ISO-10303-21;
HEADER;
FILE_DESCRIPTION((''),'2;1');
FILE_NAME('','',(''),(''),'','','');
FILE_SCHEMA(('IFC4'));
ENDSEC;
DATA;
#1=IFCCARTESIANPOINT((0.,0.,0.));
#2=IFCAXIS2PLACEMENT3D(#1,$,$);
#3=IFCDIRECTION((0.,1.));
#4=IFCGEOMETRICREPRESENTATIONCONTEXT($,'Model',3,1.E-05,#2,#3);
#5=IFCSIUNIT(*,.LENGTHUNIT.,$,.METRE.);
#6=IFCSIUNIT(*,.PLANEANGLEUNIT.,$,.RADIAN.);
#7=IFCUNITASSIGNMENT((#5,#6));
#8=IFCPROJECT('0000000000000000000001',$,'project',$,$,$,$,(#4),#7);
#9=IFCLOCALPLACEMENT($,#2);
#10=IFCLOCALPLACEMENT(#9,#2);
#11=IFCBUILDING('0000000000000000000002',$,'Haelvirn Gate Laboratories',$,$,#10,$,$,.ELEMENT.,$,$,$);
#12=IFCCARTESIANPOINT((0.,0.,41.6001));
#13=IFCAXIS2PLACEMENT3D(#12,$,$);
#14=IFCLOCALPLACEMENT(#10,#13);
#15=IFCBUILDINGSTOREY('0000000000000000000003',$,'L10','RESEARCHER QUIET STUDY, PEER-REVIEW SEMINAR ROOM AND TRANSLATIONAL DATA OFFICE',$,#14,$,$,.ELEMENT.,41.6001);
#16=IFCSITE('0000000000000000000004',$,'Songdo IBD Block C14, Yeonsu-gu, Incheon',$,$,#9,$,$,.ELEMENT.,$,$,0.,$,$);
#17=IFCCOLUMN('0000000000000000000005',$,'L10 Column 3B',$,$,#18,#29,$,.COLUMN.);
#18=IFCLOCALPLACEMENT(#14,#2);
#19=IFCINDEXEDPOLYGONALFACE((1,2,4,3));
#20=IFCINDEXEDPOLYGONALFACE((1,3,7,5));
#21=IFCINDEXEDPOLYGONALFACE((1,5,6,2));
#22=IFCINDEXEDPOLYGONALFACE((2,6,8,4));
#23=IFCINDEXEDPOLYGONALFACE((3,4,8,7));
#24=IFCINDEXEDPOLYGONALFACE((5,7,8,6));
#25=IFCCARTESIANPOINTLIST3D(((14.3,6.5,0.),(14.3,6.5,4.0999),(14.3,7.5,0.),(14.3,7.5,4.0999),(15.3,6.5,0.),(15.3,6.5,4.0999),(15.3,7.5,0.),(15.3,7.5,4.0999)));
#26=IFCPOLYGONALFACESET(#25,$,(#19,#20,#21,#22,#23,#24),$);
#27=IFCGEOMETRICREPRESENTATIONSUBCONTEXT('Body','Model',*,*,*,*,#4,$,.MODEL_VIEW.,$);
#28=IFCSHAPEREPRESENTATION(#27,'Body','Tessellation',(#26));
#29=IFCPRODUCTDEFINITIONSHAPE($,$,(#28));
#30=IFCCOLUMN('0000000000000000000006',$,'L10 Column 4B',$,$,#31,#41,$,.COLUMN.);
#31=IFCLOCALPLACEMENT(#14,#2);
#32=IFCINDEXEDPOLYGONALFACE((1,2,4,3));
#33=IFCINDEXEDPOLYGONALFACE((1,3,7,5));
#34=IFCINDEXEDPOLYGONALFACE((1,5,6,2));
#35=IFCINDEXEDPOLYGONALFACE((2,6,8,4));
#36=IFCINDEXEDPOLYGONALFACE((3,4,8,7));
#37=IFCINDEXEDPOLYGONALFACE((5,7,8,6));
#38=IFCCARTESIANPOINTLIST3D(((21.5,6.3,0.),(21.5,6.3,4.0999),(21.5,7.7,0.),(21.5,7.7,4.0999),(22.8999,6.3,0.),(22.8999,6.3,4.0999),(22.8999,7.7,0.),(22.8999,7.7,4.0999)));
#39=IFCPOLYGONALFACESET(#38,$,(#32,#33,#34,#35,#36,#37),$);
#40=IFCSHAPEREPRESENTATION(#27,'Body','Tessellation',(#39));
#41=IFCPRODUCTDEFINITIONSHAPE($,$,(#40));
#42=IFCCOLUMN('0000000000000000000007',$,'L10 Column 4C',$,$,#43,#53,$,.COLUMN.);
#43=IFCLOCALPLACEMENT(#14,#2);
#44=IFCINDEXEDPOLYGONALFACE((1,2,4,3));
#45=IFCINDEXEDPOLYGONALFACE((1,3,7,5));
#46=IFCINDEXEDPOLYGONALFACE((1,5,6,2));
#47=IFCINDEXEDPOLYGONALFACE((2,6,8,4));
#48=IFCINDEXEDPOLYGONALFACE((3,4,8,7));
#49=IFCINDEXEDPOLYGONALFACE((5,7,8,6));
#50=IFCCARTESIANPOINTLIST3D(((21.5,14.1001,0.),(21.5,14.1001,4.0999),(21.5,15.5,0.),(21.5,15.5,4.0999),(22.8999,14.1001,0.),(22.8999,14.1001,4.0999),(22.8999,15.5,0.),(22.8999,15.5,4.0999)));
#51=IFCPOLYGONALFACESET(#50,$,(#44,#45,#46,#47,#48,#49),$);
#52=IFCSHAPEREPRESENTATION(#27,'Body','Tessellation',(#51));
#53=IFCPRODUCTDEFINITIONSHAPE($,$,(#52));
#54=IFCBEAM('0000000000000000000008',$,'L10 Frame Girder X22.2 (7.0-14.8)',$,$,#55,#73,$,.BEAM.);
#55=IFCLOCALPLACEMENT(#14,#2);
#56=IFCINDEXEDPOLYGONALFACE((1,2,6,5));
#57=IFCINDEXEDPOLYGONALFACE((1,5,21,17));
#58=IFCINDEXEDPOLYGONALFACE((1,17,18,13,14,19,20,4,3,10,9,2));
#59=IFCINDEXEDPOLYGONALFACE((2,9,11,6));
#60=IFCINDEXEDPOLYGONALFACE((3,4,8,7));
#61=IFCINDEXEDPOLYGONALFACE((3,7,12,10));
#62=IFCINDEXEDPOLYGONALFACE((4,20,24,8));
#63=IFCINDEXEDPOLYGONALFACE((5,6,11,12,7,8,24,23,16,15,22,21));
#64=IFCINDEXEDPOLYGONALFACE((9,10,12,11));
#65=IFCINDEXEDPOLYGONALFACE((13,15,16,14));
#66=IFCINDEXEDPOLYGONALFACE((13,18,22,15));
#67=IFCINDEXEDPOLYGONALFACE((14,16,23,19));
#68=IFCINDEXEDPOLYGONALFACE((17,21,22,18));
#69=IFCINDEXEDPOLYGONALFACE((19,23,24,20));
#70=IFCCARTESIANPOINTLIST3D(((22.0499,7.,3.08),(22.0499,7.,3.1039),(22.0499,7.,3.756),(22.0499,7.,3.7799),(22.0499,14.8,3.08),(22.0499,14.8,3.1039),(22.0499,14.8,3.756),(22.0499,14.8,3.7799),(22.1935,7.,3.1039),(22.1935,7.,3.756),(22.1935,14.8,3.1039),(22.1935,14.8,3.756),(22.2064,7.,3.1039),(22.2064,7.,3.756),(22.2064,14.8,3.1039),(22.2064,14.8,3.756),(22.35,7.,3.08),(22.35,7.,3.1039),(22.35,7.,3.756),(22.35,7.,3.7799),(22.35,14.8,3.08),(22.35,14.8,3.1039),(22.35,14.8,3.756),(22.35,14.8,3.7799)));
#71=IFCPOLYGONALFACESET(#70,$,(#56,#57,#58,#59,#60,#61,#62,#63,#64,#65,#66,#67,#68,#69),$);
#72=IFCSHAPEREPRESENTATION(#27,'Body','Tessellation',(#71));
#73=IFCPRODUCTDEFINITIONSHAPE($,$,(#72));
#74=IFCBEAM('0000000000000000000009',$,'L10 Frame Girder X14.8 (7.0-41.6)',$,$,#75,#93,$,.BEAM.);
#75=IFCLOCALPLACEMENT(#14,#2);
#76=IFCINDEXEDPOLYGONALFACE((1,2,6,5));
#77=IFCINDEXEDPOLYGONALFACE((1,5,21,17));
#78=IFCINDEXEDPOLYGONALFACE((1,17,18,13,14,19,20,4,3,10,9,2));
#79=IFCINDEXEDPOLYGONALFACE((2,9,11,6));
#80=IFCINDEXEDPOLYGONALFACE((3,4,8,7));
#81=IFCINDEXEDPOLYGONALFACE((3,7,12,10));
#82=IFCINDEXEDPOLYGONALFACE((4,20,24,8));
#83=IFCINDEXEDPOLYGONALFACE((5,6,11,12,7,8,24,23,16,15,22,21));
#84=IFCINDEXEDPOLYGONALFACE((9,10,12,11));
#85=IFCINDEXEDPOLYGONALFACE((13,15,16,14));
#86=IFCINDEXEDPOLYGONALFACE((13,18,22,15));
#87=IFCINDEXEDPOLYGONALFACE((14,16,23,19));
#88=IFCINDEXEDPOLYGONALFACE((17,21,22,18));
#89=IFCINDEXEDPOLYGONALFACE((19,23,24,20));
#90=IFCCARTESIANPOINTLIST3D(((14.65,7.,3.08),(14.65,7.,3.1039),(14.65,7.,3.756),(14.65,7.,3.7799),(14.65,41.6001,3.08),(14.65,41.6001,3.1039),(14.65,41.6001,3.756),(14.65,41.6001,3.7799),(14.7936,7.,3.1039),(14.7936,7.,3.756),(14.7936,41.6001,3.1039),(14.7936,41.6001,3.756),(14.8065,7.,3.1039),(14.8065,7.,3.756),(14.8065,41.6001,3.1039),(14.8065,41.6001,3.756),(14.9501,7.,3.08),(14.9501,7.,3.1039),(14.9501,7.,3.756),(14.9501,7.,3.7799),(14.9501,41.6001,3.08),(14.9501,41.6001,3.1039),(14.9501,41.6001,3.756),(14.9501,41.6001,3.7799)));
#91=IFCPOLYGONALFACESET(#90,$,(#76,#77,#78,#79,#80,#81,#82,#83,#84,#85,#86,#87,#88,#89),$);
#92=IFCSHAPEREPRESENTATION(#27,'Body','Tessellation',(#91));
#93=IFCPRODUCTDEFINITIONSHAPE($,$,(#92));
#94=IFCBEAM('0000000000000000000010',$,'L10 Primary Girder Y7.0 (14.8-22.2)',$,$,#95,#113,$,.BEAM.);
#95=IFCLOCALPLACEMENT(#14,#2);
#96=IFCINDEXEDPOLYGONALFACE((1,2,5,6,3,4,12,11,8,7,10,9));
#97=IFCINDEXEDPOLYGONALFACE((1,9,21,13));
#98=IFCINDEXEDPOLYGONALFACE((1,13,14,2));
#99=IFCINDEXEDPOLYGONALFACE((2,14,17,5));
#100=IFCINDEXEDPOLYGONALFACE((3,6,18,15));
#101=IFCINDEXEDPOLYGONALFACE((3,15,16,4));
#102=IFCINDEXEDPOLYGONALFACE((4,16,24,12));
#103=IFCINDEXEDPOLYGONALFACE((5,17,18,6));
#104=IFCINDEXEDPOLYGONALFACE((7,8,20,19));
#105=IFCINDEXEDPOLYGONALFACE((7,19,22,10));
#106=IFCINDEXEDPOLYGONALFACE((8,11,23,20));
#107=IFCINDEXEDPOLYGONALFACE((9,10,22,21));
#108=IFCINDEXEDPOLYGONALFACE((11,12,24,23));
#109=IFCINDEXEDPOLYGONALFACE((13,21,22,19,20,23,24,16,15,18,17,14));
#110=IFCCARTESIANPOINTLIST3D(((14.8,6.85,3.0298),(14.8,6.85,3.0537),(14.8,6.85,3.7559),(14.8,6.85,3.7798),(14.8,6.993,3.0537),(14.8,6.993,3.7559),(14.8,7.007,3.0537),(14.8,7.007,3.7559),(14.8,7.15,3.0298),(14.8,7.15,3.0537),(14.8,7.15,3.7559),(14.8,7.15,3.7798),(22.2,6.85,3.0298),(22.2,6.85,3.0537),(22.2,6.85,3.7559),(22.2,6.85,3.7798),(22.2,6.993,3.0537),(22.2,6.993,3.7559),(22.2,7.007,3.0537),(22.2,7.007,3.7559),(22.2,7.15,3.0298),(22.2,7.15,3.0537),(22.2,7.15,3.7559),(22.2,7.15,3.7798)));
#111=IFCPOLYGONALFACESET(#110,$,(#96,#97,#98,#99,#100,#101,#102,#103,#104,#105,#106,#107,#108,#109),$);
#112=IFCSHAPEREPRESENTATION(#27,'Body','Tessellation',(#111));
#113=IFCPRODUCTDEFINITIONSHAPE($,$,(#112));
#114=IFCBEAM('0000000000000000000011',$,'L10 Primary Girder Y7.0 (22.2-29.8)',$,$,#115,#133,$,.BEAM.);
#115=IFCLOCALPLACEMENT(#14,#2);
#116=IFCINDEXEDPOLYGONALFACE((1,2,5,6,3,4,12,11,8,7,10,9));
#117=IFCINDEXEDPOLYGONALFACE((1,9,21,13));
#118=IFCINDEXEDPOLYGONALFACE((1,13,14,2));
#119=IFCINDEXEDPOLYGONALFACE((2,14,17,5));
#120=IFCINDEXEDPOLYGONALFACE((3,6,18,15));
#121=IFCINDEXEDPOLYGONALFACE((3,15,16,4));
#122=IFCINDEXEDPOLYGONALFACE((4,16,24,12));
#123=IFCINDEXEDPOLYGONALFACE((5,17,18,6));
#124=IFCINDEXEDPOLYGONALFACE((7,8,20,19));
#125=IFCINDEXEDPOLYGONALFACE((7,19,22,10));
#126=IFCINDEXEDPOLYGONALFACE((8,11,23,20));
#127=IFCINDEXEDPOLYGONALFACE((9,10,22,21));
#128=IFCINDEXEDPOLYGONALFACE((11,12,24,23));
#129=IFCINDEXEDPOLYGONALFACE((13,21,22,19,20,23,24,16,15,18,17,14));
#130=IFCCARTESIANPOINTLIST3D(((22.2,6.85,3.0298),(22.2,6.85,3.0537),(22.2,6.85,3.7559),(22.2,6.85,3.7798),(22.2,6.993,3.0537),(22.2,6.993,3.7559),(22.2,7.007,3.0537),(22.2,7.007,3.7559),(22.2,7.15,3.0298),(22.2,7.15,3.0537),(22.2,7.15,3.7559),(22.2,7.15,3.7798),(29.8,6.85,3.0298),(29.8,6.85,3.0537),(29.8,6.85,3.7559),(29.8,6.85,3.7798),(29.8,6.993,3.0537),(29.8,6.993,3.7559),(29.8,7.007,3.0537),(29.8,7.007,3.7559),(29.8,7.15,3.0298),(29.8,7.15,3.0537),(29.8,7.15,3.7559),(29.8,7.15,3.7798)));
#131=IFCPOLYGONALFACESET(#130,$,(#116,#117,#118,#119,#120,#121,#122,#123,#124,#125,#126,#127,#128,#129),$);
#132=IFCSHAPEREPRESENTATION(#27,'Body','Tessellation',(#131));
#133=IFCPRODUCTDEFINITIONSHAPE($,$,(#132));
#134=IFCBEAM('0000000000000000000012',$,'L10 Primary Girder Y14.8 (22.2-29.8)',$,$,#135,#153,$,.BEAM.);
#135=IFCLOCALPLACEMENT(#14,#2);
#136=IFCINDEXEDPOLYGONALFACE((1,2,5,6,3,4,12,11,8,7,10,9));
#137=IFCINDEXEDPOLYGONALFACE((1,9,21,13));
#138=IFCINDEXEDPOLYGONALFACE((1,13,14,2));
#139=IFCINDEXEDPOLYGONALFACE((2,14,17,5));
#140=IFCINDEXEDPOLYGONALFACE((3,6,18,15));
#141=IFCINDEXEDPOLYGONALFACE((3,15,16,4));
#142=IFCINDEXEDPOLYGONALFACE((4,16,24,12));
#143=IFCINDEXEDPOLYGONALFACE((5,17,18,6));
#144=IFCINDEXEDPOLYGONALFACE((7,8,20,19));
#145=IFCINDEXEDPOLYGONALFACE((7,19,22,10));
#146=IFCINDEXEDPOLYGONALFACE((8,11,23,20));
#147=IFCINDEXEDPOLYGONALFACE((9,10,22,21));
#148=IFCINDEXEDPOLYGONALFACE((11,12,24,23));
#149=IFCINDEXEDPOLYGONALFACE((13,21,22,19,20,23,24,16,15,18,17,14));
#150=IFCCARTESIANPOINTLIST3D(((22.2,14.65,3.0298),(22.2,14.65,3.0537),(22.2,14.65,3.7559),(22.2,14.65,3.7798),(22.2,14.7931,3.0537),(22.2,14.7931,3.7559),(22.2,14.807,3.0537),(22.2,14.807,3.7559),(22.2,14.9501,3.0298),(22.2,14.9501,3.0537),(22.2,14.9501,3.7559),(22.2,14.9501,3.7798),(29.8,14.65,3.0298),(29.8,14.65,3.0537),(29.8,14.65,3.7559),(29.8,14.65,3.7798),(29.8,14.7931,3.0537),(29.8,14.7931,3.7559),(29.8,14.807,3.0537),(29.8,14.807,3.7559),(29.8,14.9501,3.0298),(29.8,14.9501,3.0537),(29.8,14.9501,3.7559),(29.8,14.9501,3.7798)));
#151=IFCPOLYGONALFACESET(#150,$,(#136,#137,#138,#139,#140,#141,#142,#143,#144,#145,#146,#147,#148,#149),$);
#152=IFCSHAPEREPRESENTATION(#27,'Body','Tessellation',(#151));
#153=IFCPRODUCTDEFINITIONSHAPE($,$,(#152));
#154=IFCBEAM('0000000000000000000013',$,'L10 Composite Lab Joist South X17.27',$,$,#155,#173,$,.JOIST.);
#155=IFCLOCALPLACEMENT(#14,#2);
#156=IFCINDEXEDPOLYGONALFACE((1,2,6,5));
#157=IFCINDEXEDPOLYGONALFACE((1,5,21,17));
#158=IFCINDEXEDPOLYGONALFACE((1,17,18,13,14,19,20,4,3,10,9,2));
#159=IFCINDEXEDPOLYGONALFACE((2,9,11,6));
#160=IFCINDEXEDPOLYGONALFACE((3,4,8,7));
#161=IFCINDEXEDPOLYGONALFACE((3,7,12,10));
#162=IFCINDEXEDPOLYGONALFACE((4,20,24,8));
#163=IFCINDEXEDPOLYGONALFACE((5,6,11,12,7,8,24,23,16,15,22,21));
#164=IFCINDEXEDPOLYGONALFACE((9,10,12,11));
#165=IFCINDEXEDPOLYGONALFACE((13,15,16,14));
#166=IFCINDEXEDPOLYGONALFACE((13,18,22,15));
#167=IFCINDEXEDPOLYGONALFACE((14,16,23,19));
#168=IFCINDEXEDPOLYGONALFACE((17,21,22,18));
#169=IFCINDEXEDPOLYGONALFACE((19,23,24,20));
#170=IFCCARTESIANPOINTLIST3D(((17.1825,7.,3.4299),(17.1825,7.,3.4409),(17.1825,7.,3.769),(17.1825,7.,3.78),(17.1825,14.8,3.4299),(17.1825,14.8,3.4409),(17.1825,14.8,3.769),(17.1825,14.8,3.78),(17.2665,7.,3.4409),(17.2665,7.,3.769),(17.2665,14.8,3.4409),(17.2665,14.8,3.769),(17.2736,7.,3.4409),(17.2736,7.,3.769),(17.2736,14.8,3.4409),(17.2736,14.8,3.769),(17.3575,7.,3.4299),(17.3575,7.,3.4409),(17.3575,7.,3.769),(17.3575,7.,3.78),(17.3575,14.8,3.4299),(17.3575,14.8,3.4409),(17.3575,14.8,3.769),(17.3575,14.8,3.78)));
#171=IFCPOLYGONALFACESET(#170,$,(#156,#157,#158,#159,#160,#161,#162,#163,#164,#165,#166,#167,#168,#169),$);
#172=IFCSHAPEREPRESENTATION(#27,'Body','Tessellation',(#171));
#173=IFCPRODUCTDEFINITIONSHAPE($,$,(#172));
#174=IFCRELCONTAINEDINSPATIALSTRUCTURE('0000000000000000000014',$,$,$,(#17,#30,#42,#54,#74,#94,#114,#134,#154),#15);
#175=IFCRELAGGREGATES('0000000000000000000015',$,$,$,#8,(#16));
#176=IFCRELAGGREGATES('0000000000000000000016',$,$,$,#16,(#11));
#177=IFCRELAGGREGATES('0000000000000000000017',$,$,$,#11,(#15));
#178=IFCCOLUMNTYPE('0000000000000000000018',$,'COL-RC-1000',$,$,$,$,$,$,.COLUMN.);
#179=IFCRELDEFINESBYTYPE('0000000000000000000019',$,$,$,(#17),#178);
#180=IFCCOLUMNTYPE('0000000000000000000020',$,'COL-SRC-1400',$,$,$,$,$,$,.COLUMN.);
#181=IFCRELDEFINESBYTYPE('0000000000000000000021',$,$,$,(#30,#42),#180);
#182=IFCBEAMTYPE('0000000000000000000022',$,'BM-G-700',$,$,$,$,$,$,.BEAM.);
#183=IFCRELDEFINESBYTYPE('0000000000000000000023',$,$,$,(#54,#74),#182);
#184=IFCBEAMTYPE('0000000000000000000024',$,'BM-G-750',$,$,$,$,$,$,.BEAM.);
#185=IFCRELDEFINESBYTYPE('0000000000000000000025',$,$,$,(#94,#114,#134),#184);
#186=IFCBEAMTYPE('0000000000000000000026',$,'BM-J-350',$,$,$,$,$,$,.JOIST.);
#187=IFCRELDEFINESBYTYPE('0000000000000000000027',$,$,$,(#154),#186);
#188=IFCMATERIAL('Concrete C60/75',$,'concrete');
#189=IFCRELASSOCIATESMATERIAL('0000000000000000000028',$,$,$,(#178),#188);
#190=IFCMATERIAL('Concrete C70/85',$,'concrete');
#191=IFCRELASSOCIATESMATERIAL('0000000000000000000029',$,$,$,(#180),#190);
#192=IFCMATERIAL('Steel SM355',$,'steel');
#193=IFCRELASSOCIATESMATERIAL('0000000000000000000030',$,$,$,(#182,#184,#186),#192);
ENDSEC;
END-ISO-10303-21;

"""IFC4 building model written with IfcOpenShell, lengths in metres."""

from ifc_helpers import new_model, si_unit, direction, frame, origin, origin_2d, place, context, subcontext, project, spatial, rectangle, i_section, extrude, source, transform, mapped, material, material_profile, profile_set, type_object, type_shapes, element, save


model = new_model("IFC4")

# Units and contexts
model_context = context("Model", 3, precision=1e-05, world=origin(), true_north=direction((0.0, 1.0)))
body_context = subcontext(model_context, "Body", "Model", "MODEL_VIEW")
ifc_project = project(units=[si_unit("LENGTHUNIT", "METRE"), si_unit("PLANEANGLEUNIT", "RADIAN")], contexts=[model_context])

# Site, building, storey
site_placement = place(None, origin())
site = spatial("IfcSite", under=ifc_project, at=site_placement, Name="Songdo IBD Block C14, Yeonsu-gu, Incheon", CompositionType="ELEMENT", RefElevation=0.0)
building_placement = place(site_placement, origin())
building = spatial("IfcBuilding", under=site, at=building_placement, Name="Haelvirn Gate Laboratories", CompositionType="ELEMENT")
storey_placement = place(building_placement, frame((0.0, 0.0, 41.6001)))
storey = spatial("IfcBuildingStorey", under=building, at=storey_placement, Name="L10", Description="RESEARCHER QUIET STUDY, PEER-REVIEW SEMINAR ROOM AND TRANSLATIONAL DATA OFFICE", CompositionType="ELEMENT", Elevation=41.6001)

# Columns
ifc_material_1 = material(Name="Concrete C60/75", Category="concrete")
ifc_material_profile_1 = material_profile(ifc_material_1, rectangle(XDim=1.0, YDim=1.0, at=origin_2d()), Name="RC-1000x1000")
ifc_profile_set_1 = profile_set([ifc_material_profile_1], Name="Concrete C60/75")
column_type_1 = type_object("IfcColumnType", Name="COL-RC-1000", PredefinedType="COLUMN", material=ifc_profile_set_1)
shared_shape_1 = source(origin(), body_context, "Body", "SweptSolid", [
    extrude(rectangle(XDim=1.0, YDim=1.0, at=origin_2d()), origin(), (0.0, 0.0, 1.0), 4.0999),
])
type_shapes(column_type_1, [shared_shape_1])
column_placement = place(storey_placement, frame((14.8, 7.0, 0.0), z_axis=(0.0, 0.0, 1.0), x_axis=(1.0, 0.0, 0.0)))
element("IfcColumn", 1, at=column_placement, inside=storey, type_object=column_type_1, Name="L10 Column 3B", PredefinedType="COLUMN", context=body_context, shape_type="MappedRepresentation", body=[
    mapped(shared_shape_1, transform((0.0, 0.0, 0.0), scale=1.0)),
])
ifc_material_2 = material(Name="Concrete C70/85", Category="concrete")
ifc_material_profile_2 = material_profile(ifc_material_2, rectangle(XDim=1.3999, YDim=1.3999, at=origin_2d()), Name="SRC-1400x1400")
ifc_profile_set_2 = profile_set([ifc_material_profile_2], Name="Concrete C70/85")
column_type_2 = type_object("IfcColumnType", Name="COL-SRC-1400", PredefinedType="COLUMN", material=ifc_profile_set_2)
shared_shape_2 = source(origin(), body_context, "Body", "SweptSolid", [
    extrude(rectangle(XDim=1.3999, YDim=1.3999, at=origin_2d()), origin(), (0.0, 0.0, 1.0), 4.0999),
])
type_shapes(column_type_2, [shared_shape_2])
for number, where, z_axis, x_axis, name in (
    (2, (22.2, 7.0, 0.0), (0.0, 0.0, 1.0), (1.0, 0.0, 0.0), "L10 Column 4B"),
    (3, (22.2, 14.8, 0.0), (0.0, 0.0, 1.0), (1.0, 0.0, 0.0), "L10 Column 4C"),
):
    element("IfcColumn", number, at=place(storey_placement, frame(where, z_axis=z_axis, x_axis=x_axis)), inside=storey, type_object=column_type_2, Name=name, PredefinedType="COLUMN", context=body_context, shape_type="MappedRepresentation", body=[
        mapped(shared_shape_2, transform((0.0, 0.0, 0.0), scale=1.0)),
    ])

# Beams
ifc_material_3 = material(Name="Steel SM355", Category="steel")
ifc_material_profile_3 = material_profile(ifc_material_3, i_section(OverallWidth=0.3, OverallDepth=0.7, WebThickness=0.0129, FlangeThickness=0.0239, at=origin_2d()), Name="H-700x300x13x24")
ifc_profile_set_3 = profile_set([ifc_material_profile_3], Name="Steel SM355")
beam_type_1 = type_object("IfcBeamType", Name="BM-G-700", PredefinedType="BEAM", material=ifc_profile_set_3)
shared_shape_3 = source(origin(), body_context, "Body", "SweptSolid", [
    extrude(i_section(OverallWidth=0.3, OverallDepth=0.7, WebThickness=0.0129, FlangeThickness=0.0239, at=origin_2d()), origin(), (0.0, 0.0, 1.0), 7.8),
])
beam_1_placement = place(storey_placement, frame((22.2, 7.0, 3.4299), z_axis=(0.0, 1.0, 0.0), x_axis=(-1.0, 0.0, 0.0)))
element("IfcBeam", 4, at=beam_1_placement, inside=storey, type_object=beam_type_1, Name="L10 Frame Girder X22.2 (7.0-14.8)", PredefinedType="BEAM", context=body_context, shape_type="MappedRepresentation", body=[
    mapped(shared_shape_3, transform((0.0, 0.0, 0.0), scale=1.0)),
])
shared_shape_4 = source(origin(), body_context, "Body", "SweptSolid", [
    extrude(i_section(OverallWidth=0.3, OverallDepth=0.7, WebThickness=0.0129, FlangeThickness=0.0239, at=origin_2d()), origin(), (0.0, 0.0, 1.0), 34.6001),
])
type_shapes(beam_type_1, [shared_shape_3, shared_shape_4])
beam_2_placement = place(storey_placement, frame((14.8, 7.0, 3.4299), z_axis=(0.0, 1.0, 0.0), x_axis=(-1.0, 0.0, 0.0)))
element("IfcBeam", 5, at=beam_2_placement, inside=storey, type_object=beam_type_1, Name="L10 Frame Girder X14.8 (7.0-41.6)", PredefinedType="BEAM", context=body_context, shape_type="MappedRepresentation", body=[
    mapped(shared_shape_4, transform((0.0, 0.0, 0.0), scale=1.0)),
])
ifc_material_profile_4 = material_profile(ifc_material_3, i_section(OverallWidth=0.3, OverallDepth=0.75, WebThickness=0.0139, FlangeThickness=0.0239, at=origin_2d()), Name="H-750x300x14x24")
ifc_profile_set_4 = profile_set([ifc_material_profile_4], Name="Steel SM355")
beam_type_2 = type_object("IfcBeamType", Name="BM-G-750", PredefinedType="BEAM", material=ifc_profile_set_4)
shared_shape_5 = source(origin(), body_context, "Body", "SweptSolid", [
    extrude(i_section(OverallWidth=0.3, OverallDepth=0.75, WebThickness=0.0139, FlangeThickness=0.0239, at=origin_2d()), origin(), (0.0, 0.0, 1.0), 7.3999),
])
beam_3_placement = place(storey_placement, frame((14.8, 7.0, 3.4048), z_axis=(1.0, 0.0, 0.0), x_axis=(0.0, 1.0, 0.0)))
element("IfcBeam", 6, at=beam_3_placement, inside=storey, type_object=beam_type_2, Name="L10 Primary Girder Y7.0 (14.8-22.2)", PredefinedType="BEAM", context=body_context, shape_type="MappedRepresentation", body=[
    mapped(shared_shape_5, transform((0.0, 0.0, 0.0), scale=1.0)),
])
shared_shape_6 = source(origin(), body_context, "Body", "SweptSolid", [
    extrude(i_section(OverallWidth=0.3, OverallDepth=0.75, WebThickness=0.0139, FlangeThickness=0.0239, at=origin_2d()), origin(), (0.0, 0.0, 1.0), 7.6001),
])
type_shapes(beam_type_2, [shared_shape_5, shared_shape_6])
for number, where, z_axis, x_axis, name in (
    (7, (22.2, 7.0, 3.4048), (1.0, 0.0, 0.0), (0.0, 1.0, 0.0), "L10 Primary Girder Y7.0 (22.2-29.8)"),
    (8, (22.2, 14.8, 3.4048), (1.0, 0.0, 0.0), (0.0, 1.0, 0.0), "L10 Primary Girder Y14.8 (22.2-29.8)"),
):
    element("IfcBeam", number, at=place(storey_placement, frame(where, z_axis=z_axis, x_axis=x_axis)), inside=storey, type_object=beam_type_2, Name=name, PredefinedType="BEAM", context=body_context, shape_type="MappedRepresentation", body=[
        mapped(shared_shape_6, transform((0.0, 0.0, 0.0), scale=1.0)),
    ])
ifc_material_profile_5 = material_profile(ifc_material_3, i_section(OverallWidth=0.175, OverallDepth=0.3501, WebThickness=0.0071, FlangeThickness=0.011, at=origin_2d()), Name="H-350x175x7x11")
ifc_profile_set_5 = profile_set([ifc_material_profile_5], Name="Steel SM355")
beam_type_3 = type_object("IfcBeamType", Name="BM-J-350", PredefinedType="JOIST", material=ifc_profile_set_5)
shared_shape_7 = source(origin(), body_context, "Body", "SweptSolid", [
    extrude(i_section(OverallWidth=0.175, OverallDepth=0.3501, WebThickness=0.0071, FlangeThickness=0.011, at=origin_2d()), origin(), (0.0, 0.0, 1.0), 7.8),
])
type_shapes(beam_type_3, [shared_shape_7])
for number, where, z_axis, x_axis, name in (
    (9, (17.27, 7.0, 3.605), (0.0, 1.0, 0.0), (-1.0, 0.0, 0.0), "L10 Composite Lab Joist South X17.27"),
):
    element("IfcBeam", number, at=place(storey_placement, frame(where, z_axis=z_axis, x_axis=x_axis)), inside=storey, type_object=beam_type_3, Name=name, PredefinedType="JOIST", context=body_context, shape_type="MappedRepresentation", body=[
        mapped(shared_shape_7, transform((0.0, 0.0, 0.0), scale=1.0)),
    ])

save(model, "model.ifc")
